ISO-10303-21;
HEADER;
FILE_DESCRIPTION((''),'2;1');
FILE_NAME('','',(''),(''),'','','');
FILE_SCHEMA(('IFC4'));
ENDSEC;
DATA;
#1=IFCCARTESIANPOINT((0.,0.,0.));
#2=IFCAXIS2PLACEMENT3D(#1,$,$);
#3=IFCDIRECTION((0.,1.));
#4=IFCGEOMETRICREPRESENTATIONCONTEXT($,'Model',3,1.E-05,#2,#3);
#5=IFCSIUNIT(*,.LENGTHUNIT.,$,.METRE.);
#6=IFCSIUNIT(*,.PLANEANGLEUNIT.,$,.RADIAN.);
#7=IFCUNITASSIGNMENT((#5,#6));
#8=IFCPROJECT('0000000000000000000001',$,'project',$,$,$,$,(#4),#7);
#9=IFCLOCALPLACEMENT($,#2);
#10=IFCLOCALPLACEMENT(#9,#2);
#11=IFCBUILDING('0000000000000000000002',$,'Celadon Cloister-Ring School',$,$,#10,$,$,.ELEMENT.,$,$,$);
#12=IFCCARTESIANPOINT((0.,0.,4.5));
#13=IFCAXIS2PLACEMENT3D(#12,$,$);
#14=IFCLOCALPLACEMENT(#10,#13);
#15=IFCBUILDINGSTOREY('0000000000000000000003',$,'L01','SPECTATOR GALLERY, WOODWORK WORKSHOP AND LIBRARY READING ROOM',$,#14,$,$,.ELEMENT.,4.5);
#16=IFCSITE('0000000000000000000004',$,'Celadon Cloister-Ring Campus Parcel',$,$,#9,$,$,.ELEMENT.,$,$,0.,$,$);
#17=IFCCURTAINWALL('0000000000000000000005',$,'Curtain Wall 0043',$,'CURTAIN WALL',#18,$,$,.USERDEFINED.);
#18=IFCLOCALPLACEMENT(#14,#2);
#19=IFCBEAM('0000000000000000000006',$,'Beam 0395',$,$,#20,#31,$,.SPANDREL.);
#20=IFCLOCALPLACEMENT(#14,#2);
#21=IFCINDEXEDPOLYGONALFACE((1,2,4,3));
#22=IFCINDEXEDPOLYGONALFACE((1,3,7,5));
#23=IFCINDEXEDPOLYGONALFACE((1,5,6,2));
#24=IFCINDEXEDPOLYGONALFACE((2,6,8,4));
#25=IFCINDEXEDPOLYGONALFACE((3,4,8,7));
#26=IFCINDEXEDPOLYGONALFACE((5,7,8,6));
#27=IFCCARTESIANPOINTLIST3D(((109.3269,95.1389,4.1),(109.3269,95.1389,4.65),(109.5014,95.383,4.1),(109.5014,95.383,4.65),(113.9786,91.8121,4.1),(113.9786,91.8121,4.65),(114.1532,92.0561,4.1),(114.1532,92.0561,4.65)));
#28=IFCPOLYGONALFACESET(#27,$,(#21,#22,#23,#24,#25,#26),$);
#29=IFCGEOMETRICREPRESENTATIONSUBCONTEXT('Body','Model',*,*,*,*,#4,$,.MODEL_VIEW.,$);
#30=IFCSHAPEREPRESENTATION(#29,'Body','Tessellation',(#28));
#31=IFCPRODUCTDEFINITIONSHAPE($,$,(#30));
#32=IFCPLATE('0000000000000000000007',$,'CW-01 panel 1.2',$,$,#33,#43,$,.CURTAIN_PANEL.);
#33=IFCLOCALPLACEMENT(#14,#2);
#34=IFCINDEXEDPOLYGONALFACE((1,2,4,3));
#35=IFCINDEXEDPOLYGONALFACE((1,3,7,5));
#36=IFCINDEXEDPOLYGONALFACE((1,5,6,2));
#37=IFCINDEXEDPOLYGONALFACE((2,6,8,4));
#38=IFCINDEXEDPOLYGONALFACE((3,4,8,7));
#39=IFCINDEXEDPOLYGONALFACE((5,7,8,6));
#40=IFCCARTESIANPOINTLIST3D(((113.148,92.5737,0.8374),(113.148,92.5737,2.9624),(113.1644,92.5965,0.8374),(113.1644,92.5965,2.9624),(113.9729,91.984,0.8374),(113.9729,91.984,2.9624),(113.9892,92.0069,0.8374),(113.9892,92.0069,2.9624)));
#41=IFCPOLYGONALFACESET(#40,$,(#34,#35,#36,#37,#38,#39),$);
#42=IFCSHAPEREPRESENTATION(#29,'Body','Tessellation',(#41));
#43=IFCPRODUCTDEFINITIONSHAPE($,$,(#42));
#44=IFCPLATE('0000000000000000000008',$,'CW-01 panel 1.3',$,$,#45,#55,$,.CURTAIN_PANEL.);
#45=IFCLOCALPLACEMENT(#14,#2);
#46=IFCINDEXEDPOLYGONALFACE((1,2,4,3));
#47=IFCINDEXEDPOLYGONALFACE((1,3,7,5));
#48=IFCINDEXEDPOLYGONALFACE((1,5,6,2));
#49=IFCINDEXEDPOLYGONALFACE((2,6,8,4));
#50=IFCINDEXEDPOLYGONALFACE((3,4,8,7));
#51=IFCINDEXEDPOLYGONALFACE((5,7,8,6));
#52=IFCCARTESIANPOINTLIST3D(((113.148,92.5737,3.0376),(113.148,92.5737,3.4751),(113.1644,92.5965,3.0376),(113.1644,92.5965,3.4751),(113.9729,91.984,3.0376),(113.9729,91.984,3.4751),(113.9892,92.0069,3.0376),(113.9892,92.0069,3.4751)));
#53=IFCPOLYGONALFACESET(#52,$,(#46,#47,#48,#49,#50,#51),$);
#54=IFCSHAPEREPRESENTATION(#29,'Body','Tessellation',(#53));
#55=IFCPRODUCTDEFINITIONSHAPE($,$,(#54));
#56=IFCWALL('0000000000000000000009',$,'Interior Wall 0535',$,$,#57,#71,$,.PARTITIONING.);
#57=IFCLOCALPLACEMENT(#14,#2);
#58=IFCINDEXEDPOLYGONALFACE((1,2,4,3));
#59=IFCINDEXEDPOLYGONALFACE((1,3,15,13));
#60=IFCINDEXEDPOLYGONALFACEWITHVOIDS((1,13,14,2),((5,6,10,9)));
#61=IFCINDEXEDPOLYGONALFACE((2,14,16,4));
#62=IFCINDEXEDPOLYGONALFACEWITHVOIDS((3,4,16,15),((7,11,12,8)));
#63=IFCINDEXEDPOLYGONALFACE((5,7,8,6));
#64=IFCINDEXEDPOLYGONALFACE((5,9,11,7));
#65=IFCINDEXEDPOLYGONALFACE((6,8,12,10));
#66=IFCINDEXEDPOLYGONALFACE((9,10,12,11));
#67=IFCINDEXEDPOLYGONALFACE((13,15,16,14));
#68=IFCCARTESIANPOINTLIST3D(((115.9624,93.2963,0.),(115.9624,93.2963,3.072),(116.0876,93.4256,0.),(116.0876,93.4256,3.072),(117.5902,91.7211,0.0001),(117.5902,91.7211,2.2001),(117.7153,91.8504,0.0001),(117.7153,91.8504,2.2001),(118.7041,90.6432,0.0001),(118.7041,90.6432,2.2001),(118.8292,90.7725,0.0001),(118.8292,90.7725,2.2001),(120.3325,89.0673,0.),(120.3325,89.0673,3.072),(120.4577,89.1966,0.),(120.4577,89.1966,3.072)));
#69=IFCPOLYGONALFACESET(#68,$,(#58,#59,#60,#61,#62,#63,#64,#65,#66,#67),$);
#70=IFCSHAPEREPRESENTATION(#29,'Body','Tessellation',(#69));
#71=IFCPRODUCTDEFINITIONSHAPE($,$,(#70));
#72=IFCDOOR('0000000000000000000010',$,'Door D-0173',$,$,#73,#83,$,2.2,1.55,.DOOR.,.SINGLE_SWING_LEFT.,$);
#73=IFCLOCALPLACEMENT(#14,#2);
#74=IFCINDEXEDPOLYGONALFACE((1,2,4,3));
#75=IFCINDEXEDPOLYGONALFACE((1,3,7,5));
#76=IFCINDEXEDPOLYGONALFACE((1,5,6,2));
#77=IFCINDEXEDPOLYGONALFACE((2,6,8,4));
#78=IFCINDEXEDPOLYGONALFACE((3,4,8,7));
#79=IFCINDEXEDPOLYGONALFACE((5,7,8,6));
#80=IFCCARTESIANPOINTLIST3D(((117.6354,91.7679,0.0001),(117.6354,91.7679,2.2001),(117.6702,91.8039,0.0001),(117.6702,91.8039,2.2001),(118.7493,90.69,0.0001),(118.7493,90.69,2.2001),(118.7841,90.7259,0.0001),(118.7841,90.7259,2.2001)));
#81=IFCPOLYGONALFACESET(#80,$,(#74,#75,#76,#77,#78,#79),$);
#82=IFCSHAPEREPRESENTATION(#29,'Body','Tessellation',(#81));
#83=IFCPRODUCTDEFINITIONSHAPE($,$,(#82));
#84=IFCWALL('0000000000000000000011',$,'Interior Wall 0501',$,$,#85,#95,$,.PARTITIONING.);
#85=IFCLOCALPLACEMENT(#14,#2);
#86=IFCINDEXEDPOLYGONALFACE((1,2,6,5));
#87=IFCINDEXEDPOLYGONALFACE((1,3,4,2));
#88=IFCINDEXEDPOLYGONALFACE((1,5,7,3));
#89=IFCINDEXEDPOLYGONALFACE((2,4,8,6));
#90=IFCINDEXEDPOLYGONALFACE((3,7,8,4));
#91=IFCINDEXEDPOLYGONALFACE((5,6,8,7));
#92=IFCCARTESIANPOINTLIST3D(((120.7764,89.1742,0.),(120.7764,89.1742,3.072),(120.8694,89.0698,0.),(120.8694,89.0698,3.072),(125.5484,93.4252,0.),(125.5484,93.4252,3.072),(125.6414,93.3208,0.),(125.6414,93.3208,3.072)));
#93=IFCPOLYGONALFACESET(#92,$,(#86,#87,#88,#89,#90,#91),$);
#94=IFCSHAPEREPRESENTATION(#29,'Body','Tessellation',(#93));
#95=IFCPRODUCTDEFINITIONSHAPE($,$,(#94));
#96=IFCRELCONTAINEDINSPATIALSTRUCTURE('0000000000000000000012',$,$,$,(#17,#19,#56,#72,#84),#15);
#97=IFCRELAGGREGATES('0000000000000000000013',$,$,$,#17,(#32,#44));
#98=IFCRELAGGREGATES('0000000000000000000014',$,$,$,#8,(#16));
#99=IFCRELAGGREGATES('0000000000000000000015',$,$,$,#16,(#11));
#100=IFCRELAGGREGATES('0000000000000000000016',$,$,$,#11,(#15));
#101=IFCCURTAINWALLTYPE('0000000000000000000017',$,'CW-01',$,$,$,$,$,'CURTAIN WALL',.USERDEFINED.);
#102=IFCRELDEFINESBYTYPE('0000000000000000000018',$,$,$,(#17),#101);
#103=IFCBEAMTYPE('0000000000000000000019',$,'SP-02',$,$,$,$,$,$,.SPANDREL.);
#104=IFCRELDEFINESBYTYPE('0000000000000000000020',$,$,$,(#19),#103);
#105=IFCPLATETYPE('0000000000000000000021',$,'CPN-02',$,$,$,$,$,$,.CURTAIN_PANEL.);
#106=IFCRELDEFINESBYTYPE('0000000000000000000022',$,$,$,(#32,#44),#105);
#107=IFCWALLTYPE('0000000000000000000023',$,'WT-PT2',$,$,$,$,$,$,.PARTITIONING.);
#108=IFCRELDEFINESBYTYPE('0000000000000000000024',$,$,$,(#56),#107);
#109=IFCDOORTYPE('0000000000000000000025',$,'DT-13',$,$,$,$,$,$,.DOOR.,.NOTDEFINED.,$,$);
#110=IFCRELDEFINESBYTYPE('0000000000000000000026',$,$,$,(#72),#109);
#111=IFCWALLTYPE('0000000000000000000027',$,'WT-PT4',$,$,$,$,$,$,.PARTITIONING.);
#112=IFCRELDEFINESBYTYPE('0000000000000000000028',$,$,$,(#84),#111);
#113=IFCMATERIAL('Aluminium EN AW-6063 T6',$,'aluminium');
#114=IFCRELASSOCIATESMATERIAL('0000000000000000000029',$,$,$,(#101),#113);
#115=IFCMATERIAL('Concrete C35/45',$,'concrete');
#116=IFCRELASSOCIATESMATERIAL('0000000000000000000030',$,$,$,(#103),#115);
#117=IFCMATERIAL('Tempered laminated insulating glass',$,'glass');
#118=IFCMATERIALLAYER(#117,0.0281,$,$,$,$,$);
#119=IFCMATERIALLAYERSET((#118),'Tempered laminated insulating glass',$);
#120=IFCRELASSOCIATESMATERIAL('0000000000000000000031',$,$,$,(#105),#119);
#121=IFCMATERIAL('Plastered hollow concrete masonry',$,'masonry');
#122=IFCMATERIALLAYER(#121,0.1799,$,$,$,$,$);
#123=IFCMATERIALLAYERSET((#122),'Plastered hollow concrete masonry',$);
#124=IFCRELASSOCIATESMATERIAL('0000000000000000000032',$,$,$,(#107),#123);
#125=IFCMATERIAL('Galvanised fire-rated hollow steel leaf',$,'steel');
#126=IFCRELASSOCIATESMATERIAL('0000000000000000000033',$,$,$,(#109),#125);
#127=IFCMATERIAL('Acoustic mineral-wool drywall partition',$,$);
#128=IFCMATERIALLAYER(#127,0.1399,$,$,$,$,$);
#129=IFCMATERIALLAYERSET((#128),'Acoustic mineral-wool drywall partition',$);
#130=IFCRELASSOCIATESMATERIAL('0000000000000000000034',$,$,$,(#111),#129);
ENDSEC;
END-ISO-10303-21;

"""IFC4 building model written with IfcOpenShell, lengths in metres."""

from ifc_helpers import new_model, si_unit, direction, frame, frame_2d, origin, origin_2d, place, context, subcontext, project, spatial, rectangle, extrude, material, layer, layer_set, material_profile, profile_set, type_object, element, fill, aggregate, save


model = new_model("IFC4")

# Units and contexts
model_context = context("Model", 3, precision=1e-05, world=origin(), true_north=direction((0.0, 1.0)))
body_context = subcontext(model_context, "Body", "Model", "MODEL_VIEW")
ifc_project = project(units=[si_unit("LENGTHUNIT", "METRE"), si_unit("PLANEANGLEUNIT", "RADIAN")], contexts=[model_context])

# Site, building, storey
site_placement = place(None, origin())
site = spatial("IfcSite", under=ifc_project, at=site_placement, Name="Celadon Cloister-Ring Campus Parcel", CompositionType="ELEMENT", RefElevation=0.0)
building_placement = place(site_placement, origin())
building = spatial("IfcBuilding", under=site, at=building_placement, Name="Celadon Cloister-Ring School", CompositionType="ELEMENT")
storey_placement = place(building_placement, frame((0.0, 0.0, 4.5)))
storey = spatial("IfcBuildingStorey", under=building, at=storey_placement, Name="L01", Description="SPECTATOR GALLERY, WOODWORK WORKSHOP AND LIBRARY READING ROOM", CompositionType="ELEMENT", Elevation=4.5)

# Curtain wall
ifc_material_1 = material(Name="Aluminium EN AW-6063 T6", Category="aluminium")
curtain_wall_type = type_object("IfcCurtainWallType", Name="CW-01", ElementType="CURTAIN WALL", PredefinedType="USERDEFINED", material=ifc_material_1)
curtain_wall_placement = place(storey_placement, origin())
curtain_wall = element("IfcCurtainWall", 1, at=curtain_wall_placement, inside=storey, type_object=curtain_wall_type, Name="Curtain Wall 0043", ObjectType="CURTAIN WALL", PredefinedType="USERDEFINED")

# Beam
ifc_material_2 = material(Name="Concrete C35/45", Category="concrete")
ifc_material_profile_1 = material_profile(ifc_material_2, rectangle(XDim=0.3, YDim=0.55, at=origin_2d()), Name="RC300X550")
ifc_profile_set_1 = profile_set([ifc_material_profile_1], Name="Concrete C35/45")
beam_type_1 = type_object("IfcBeamType", Name="SP-02", PredefinedType="SPANDREL", material=ifc_profile_set_1)
beam_1_placement = place(storey_placement, frame((114.0659, 91.9341, 4.375), z_axis=(-0.81339, 0.581719, 0.0), x_axis=(-0.581719, -0.81339, 0.0)))
element("IfcBeam", 2, at=beam_1_placement, inside=storey, type_object=beam_type_1, Name="Beam 0395", PredefinedType="SPANDREL", context=body_context, shape_type="SweptSolid", body=[
    extrude(rectangle(XDim=0.3, YDim=0.55, at=origin_2d()), origin(), (0.0, 0.0, 1.0), 5.719),
])

# Plates
ifc_material_3 = material(Name="Tempered laminated insulating glass", Category="glass")
ifc_layer_1 = layer(ifc_material_3, 0.0281)
ifc_layer_set_1 = layer_set([ifc_layer_1], Name="Tempered laminated insulating glass")
plate_type = type_object("IfcPlateType", Name="CPN-02", PredefinedType="CURTAIN_PANEL", material=ifc_layer_set_1)
plate_1_placement = place(storey_placement, frame((113.5686, 92.2903, 0.8374), z_axis=(0.0, 0.0, 1.0), x_axis=(-0.813507, 0.581555, 0.0)))
plate_1 = element("IfcPlate", 3, at=plate_1_placement, type_object=plate_type, Name="CW-01 panel 1.2", PredefinedType="CURTAIN_PANEL", context=body_context, shape_type="SweptSolid", body=[
    extrude(rectangle(XDim=1.0139, YDim=0.0281, at=origin_2d()), origin(), (0.0, 0.0, 1.0), 2.125),
])
plate_2_placement = place(storey_placement, frame((113.5686, 92.2903, 3.0376), z_axis=(0.0, 0.0, 1.0), x_axis=(-0.813507, 0.581555, 0.0)))
plate_2 = element("IfcPlate", 4, at=plate_2_placement, type_object=plate_type, Name="CW-01 panel 1.3", PredefinedType="CURTAIN_PANEL", context=body_context, shape_type="SweptSolid", body=[
    extrude(rectangle(XDim=1.0139, YDim=0.0281, at=origin_2d()), origin(), (0.0, 0.0, 1.0), 0.4375),
])
aggregate(curtain_wall, [plate_1, plate_2])

# Wall, opening, door
ifc_material_4 = material(Name="Plastered hollow concrete masonry", Category="masonry")
ifc_layer_2 = layer(ifc_material_4, 0.1799)
ifc_layer_set_2 = layer_set([ifc_layer_2], Name="Plastered hollow concrete masonry")
wall_type_1 = type_object("IfcWallType", Name="WT-PT2", PredefinedType="PARTITIONING", material=ifc_layer_set_2)
wall_1_placement = place(storey_placement, frame((120.395, 89.1321, 0.0), z_axis=(0.0, 0.0, 1.0), x_axis=(-0.718614, 0.695409, 0.0)))
wall_1 = element("IfcWall", 5, at=wall_1_placement, inside=storey, type_object=wall_type_1, Name="Interior Wall 0535", PredefinedType="PARTITIONING", context=body_context, shape_type="SweptSolid", body=[
    extrude(rectangle(XDim=6.0813, YDim=0.1799, at=frame_2d((3.0405, 0.0))), origin(), (0.0, 0.0, 1.0), 3.072),
])
opening_placement = place(wall_1_placement, frame((2.2661, 0.0, 0.0)))
opening = element("IfcOpeningElement", 6, at=opening_placement, cuts=wall_1, PredefinedType="OPENING", context=body_context, shape_type="SweptSolid", body=[
    extrude(rectangle(XDim=1.55, YDim=2.2, at=frame_2d((0.7749, 1.1001))), frame((0.0, 0.1001, 0.0), z_axis=(0.0, -1.0, 0.0), x_axis=(1.0, 0.0, 0.0)), (0.0, 0.0, 1.0), 0.2),
])
ifc_material_5 = material(Name="Galvanised fire-rated hollow steel leaf", Category="steel")
door_type = type_object("IfcDoorType", Name="DT-13", OperationType="NOTDEFINED", PredefinedType="DOOR", material=ifc_material_5)
door_placement = place(opening_placement, origin())
door = element("IfcDoor", 7, at=door_placement, inside=storey, type_object=door_type, Name="Door D-0173", OperationType="SINGLE_SWING_LEFT", OverallHeight=2.2, OverallWidth=1.55, PredefinedType="DOOR", context=body_context, shape_type="SweptSolid", body=[
    extrude(rectangle(XDim=1.55, YDim=2.2, at=frame_2d((0.7749, 1.1001))), frame((0.0, 0.0249, 0.0), z_axis=(0.0, -1.0, 0.0), x_axis=(1.0, 0.0, 0.0)), (0.0, 0.0, 1.0), 0.05),
])
fill(opening, door)

# Wall
ifc_material_6 = material(Name="Acoustic mineral-wool drywall partition")
ifc_layer_3 = layer(ifc_material_6, 0.1399)
ifc_layer_set_3 = layer_set([ifc_layer_3], Name="Acoustic mineral-wool drywall partition")
wall_type_2 = type_object("IfcWallType", Name="WT-PT4", PredefinedType="PARTITIONING", material=ifc_layer_set_3)
wall_2_placement = place(storey_placement, frame((120.823, 89.1221, 0.0), z_axis=(0.0, 0.0, 1.0), x_axis=(0.746692, 0.66517, 0.0)))
element("IfcWall", 8, at=wall_2_placement, inside=storey, type_object=wall_type_2, Name="Interior Wall 0501", PredefinedType="PARTITIONING", context=body_context, shape_type="SweptSolid", body=[
    extrude(rectangle(XDim=6.3909, YDim=0.1399, at=frame_2d((3.1953, 0.0))), origin(), (0.0, 0.0, 1.0), 3.072),
])

save(model, "model.ifc")
